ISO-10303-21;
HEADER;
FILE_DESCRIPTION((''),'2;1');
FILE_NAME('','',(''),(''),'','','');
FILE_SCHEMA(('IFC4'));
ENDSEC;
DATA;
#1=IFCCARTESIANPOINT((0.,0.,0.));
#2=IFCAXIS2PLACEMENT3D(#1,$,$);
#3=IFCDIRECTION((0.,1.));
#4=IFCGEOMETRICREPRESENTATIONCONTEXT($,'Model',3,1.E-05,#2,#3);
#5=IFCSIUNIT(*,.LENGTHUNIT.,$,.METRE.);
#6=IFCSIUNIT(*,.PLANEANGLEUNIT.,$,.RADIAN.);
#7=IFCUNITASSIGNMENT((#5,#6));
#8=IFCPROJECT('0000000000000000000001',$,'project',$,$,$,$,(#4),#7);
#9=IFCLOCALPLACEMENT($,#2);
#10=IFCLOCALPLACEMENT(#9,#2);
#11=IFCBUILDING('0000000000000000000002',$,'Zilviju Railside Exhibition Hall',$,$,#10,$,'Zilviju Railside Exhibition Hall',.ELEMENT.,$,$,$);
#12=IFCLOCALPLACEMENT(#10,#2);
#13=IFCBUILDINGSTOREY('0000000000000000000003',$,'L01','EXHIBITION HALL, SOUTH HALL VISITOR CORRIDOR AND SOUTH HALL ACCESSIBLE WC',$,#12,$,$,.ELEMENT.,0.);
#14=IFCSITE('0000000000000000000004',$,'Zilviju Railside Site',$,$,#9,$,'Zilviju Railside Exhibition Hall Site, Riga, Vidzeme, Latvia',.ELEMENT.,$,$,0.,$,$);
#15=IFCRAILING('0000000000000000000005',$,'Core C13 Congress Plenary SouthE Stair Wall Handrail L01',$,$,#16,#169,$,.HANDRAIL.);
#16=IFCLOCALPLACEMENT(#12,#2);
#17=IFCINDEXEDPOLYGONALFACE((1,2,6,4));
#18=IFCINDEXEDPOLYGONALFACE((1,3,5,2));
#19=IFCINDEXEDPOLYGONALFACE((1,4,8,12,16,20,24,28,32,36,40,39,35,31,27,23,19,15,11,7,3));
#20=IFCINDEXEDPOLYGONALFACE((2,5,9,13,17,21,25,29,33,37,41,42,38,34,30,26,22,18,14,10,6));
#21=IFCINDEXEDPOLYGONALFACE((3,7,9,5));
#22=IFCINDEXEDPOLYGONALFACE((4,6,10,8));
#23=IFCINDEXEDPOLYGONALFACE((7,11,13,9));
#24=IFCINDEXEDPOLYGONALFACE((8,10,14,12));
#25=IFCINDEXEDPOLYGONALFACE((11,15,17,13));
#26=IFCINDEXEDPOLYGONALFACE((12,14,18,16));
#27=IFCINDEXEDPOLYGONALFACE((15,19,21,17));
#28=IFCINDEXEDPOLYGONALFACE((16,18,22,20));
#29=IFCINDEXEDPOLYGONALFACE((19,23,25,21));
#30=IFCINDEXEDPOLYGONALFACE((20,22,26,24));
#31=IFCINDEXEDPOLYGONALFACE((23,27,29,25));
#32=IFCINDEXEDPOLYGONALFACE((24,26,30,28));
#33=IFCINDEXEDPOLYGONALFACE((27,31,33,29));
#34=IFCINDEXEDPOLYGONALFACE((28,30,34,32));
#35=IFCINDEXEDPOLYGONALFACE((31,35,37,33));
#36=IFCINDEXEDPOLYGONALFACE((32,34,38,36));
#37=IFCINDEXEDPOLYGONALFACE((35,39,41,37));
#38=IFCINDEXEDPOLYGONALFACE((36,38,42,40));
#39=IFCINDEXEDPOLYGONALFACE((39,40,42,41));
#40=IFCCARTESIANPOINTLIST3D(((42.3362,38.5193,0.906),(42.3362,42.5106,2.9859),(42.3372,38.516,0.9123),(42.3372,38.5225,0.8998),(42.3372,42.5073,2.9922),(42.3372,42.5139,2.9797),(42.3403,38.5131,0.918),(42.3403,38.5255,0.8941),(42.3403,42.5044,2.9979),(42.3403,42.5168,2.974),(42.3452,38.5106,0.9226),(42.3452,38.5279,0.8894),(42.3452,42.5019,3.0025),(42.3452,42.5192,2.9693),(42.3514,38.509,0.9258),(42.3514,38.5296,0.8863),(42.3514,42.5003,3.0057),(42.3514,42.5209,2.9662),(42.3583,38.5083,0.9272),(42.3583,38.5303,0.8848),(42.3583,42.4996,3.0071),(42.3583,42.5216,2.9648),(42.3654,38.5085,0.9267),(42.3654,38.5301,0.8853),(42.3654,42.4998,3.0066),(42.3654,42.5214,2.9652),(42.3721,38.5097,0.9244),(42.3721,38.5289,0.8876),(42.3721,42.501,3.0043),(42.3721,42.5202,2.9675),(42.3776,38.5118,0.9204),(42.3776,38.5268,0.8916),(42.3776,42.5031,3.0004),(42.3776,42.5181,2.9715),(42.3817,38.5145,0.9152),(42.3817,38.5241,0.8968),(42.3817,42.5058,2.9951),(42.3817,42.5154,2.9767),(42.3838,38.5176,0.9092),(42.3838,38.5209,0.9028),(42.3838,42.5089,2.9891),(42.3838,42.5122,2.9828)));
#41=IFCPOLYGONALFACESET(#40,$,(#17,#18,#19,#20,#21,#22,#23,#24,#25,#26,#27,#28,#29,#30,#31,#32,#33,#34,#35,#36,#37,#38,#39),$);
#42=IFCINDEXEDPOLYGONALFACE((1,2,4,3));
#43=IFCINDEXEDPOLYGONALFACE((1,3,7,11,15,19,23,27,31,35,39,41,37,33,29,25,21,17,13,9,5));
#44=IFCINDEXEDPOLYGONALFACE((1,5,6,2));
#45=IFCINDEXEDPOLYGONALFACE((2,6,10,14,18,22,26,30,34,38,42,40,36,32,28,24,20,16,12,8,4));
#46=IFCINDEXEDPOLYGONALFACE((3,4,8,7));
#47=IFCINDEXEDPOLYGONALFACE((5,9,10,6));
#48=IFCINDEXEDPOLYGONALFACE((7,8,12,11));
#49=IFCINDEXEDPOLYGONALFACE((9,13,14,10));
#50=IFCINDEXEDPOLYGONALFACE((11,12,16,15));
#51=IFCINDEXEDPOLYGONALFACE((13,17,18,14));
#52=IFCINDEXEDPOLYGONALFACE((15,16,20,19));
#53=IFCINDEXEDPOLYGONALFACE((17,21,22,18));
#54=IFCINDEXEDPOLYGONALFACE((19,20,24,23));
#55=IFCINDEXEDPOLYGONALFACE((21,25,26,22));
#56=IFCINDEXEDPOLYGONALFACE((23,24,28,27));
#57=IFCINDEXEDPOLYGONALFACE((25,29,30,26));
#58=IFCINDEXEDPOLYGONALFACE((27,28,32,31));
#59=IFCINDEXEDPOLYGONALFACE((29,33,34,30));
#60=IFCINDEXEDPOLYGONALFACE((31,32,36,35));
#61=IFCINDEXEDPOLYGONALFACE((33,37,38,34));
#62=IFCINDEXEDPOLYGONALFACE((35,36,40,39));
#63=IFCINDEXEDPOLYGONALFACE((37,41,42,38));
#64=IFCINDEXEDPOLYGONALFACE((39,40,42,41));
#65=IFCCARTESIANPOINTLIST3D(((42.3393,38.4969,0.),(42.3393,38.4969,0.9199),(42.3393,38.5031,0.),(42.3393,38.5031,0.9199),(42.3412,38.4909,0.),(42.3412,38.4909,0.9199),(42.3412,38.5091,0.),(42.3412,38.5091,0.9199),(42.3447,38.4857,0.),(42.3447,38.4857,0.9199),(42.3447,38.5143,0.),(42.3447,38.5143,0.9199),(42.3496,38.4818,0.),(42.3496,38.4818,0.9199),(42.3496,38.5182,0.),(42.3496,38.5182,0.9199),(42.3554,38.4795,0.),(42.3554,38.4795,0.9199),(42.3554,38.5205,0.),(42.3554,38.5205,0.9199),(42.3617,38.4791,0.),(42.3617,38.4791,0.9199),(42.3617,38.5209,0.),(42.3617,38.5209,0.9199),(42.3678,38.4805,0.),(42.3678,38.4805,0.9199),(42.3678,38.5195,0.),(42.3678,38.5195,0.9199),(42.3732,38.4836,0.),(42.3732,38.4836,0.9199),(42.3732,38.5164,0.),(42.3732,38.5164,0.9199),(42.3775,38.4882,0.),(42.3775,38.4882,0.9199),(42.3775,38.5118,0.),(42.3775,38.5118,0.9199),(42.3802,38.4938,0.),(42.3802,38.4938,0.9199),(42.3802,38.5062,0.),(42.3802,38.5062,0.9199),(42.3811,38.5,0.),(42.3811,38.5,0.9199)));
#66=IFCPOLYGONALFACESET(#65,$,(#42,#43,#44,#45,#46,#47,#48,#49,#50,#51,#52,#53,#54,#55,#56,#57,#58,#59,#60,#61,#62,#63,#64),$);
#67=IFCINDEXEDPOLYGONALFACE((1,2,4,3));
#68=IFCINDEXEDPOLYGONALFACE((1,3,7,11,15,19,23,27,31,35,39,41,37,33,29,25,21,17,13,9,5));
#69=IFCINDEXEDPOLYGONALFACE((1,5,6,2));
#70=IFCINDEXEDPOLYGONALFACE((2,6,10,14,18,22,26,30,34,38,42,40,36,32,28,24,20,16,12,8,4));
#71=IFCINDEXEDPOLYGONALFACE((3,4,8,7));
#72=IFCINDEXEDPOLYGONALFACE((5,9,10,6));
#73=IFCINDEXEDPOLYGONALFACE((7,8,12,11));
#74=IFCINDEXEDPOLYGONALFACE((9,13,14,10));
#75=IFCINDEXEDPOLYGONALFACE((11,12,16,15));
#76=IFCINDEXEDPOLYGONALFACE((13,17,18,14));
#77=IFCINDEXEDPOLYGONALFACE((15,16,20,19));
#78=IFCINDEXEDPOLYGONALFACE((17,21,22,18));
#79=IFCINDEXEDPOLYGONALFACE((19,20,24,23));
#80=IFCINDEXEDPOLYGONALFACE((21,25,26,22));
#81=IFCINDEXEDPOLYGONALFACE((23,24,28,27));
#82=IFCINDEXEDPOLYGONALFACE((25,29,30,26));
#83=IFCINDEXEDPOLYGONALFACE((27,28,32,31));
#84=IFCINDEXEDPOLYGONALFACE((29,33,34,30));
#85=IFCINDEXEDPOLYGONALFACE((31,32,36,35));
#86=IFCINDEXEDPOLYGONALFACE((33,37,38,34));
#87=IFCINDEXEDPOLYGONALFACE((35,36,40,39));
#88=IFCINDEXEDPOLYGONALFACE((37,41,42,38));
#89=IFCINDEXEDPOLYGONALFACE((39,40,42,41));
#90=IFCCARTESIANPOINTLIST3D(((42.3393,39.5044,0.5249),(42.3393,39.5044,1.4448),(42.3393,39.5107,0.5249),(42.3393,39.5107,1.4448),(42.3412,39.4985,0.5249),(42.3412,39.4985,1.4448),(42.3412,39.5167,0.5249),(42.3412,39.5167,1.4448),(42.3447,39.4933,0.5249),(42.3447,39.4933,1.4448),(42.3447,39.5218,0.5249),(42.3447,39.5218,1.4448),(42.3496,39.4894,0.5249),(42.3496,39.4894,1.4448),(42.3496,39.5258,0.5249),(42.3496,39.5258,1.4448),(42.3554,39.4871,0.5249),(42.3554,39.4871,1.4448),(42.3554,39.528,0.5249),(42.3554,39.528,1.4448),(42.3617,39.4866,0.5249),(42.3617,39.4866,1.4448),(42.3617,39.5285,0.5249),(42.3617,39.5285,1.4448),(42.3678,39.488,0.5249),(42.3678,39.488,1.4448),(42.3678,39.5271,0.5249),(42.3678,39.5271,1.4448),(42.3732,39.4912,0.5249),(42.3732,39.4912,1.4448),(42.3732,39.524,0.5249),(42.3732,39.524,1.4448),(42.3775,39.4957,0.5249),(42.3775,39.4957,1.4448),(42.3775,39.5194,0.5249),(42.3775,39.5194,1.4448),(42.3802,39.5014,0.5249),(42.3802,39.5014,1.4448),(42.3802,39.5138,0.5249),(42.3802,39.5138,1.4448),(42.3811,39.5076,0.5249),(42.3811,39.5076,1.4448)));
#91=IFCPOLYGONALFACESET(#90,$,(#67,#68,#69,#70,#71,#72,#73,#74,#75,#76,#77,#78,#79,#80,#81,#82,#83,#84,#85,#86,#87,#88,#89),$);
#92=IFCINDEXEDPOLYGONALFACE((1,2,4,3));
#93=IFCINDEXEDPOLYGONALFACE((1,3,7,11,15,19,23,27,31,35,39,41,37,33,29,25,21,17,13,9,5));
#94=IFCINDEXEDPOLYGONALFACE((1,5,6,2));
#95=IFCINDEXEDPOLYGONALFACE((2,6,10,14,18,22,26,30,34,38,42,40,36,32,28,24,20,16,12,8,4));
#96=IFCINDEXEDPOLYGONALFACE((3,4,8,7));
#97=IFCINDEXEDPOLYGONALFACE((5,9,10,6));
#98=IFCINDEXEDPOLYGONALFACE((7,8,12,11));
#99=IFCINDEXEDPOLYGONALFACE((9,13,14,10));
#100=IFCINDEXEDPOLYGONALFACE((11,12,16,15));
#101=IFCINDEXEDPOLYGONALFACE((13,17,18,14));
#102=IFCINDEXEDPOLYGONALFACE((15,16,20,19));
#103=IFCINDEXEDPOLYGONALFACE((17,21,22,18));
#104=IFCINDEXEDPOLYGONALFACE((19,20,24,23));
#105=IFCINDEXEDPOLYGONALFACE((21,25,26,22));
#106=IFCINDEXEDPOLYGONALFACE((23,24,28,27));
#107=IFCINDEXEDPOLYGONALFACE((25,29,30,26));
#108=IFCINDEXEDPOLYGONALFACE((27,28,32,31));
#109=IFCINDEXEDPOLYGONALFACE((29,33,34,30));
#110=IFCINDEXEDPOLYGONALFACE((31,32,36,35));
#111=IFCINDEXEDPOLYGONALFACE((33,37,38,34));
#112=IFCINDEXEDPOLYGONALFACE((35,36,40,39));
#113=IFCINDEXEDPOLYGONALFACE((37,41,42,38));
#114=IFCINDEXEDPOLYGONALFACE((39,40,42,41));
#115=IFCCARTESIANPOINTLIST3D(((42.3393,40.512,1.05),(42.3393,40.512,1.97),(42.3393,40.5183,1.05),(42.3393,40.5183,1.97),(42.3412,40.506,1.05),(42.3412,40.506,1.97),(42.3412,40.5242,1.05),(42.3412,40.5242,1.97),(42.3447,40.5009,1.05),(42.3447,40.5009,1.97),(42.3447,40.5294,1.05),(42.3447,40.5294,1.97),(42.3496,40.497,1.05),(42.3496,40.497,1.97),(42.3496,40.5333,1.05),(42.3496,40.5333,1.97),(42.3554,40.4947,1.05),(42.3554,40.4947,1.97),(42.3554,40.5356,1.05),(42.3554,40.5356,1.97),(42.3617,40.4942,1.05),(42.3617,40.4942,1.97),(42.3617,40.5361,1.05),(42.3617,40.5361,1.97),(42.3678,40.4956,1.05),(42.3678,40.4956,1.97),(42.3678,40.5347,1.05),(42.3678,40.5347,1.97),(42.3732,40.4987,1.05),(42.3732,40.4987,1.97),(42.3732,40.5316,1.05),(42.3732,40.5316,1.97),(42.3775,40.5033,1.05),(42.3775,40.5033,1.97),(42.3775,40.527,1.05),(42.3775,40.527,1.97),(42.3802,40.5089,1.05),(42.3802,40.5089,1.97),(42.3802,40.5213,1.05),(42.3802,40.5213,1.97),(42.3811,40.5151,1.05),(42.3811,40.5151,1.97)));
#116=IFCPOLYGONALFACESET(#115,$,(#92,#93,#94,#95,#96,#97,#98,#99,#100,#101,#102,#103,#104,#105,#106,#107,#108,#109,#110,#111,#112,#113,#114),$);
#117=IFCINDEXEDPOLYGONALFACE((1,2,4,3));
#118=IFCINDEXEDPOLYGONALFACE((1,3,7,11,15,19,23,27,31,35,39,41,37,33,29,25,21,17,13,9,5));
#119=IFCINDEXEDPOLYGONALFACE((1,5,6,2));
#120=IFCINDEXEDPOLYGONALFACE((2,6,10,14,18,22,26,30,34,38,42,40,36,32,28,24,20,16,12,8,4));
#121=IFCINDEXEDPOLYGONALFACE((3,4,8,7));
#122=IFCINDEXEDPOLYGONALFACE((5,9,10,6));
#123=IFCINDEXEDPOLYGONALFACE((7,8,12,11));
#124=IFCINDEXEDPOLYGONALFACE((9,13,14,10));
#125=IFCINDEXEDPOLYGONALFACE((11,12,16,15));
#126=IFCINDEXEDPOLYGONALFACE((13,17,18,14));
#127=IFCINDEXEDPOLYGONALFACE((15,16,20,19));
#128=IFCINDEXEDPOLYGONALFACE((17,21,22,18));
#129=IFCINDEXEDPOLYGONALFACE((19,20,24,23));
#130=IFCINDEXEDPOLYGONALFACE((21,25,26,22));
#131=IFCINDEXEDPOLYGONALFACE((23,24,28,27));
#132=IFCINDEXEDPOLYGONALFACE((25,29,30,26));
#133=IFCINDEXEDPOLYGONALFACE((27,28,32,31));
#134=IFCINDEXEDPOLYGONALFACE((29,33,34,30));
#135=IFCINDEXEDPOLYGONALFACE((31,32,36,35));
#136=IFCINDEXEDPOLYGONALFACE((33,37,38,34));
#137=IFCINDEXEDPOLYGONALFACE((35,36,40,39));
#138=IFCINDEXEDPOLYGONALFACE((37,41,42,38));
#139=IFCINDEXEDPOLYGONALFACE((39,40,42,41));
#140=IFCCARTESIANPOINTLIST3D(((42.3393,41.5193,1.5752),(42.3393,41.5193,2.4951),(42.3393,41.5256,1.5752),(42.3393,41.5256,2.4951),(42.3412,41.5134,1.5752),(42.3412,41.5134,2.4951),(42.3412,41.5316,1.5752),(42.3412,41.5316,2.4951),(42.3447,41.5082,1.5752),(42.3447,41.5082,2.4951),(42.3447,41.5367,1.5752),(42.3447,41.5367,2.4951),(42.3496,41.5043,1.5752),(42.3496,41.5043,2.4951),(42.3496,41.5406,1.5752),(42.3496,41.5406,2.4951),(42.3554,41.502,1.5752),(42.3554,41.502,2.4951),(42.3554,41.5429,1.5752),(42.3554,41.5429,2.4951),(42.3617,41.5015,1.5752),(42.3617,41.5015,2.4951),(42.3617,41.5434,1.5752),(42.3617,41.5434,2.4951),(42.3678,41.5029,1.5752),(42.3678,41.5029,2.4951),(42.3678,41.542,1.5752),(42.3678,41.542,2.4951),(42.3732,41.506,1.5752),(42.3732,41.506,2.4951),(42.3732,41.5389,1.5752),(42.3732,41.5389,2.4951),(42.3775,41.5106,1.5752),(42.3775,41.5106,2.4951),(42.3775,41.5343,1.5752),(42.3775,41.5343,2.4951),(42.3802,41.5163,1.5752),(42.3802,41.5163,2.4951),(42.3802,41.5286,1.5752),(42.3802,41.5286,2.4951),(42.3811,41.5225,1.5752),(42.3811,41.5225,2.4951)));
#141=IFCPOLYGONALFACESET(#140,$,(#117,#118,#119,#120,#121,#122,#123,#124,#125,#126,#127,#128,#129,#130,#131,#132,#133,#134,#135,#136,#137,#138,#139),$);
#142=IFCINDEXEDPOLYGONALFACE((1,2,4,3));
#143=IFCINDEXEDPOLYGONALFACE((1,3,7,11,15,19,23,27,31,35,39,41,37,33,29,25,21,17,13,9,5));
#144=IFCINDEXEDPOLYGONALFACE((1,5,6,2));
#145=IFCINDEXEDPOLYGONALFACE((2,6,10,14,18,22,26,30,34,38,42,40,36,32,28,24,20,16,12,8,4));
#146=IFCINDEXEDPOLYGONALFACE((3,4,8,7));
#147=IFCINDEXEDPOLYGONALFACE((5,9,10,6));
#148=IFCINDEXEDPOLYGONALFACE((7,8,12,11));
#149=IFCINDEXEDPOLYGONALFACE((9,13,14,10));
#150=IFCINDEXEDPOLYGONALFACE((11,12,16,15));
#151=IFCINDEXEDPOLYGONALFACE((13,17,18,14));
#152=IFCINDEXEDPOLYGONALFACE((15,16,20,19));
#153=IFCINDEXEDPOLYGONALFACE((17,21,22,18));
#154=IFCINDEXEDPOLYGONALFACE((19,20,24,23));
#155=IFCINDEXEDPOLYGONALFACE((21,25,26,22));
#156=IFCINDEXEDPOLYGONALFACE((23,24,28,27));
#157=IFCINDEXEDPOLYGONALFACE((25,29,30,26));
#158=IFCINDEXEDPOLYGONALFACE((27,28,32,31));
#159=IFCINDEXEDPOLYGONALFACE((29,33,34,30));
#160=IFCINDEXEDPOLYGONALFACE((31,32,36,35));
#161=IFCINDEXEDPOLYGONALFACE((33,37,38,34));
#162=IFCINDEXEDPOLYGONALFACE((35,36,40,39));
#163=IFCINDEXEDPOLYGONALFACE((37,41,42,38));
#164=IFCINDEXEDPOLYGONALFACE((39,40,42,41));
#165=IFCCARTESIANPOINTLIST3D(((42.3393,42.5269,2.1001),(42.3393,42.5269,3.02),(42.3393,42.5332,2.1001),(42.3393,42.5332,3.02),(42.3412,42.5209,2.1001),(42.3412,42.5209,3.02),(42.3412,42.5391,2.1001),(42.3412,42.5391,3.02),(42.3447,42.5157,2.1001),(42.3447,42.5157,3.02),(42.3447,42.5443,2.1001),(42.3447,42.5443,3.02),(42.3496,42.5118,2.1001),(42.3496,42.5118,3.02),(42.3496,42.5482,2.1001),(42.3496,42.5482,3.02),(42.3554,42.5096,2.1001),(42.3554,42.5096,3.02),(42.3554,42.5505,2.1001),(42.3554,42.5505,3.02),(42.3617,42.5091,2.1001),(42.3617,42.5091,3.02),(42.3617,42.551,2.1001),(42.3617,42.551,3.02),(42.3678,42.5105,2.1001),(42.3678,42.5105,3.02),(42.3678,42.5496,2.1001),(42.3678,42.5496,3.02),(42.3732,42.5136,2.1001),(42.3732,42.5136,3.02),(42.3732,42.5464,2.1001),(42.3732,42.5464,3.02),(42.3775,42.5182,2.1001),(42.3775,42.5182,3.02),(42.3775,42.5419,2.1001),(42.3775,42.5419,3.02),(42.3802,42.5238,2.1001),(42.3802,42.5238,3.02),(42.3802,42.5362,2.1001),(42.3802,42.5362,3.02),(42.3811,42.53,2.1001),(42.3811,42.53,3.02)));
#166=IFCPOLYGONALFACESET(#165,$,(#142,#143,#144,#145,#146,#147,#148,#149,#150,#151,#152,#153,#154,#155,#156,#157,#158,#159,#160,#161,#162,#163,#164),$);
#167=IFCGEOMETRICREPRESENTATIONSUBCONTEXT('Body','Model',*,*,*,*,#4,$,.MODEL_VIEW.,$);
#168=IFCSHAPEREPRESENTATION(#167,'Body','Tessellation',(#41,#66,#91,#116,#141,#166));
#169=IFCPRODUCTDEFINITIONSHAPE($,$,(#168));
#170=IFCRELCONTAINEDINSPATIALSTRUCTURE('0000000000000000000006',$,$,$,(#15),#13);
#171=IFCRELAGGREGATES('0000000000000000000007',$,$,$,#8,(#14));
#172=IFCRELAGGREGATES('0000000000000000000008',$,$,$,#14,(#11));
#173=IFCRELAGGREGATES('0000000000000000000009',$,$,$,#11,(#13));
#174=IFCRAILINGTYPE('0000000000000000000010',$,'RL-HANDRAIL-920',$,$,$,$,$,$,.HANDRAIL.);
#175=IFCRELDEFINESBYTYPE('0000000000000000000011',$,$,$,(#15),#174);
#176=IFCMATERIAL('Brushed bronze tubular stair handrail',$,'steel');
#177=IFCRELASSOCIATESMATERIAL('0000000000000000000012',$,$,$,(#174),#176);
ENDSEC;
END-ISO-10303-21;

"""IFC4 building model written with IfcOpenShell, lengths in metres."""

from ifc_helpers import new_model, si_unit, direction, frame, origin, origin_2d, place, context, subcontext, project, spatial, circle, extrude, material, type_object, element, save


model = new_model("IFC4")

# Units and contexts
model_context = context("Model", 3, precision=1e-05, world=origin(), true_north=direction((0.0, 1.0)))
body_context = subcontext(model_context, "Body", "Model", "MODEL_VIEW")
ifc_project = project(units=[si_unit("LENGTHUNIT", "METRE"), si_unit("PLANEANGLEUNIT", "RADIAN")], contexts=[model_context])

# Site, building, storey
site_placement = place(None, origin())
site = spatial("IfcSite", under=ifc_project, at=site_placement, Name="Zilviju Railside Site", LongName="Zilviju Railside Exhibition Hall Site, Riga, Vidzeme, Latvia", CompositionType="ELEMENT", RefElevation=0.0)
building_placement = place(site_placement, origin())
building = spatial("IfcBuilding", under=site, at=building_placement, Name="Zilviju Railside Exhibition Hall", LongName="Zilviju Railside Exhibition Hall", CompositionType="ELEMENT")
storey_placement = place(building_placement, origin())
storey = spatial("IfcBuildingStorey", under=building, at=storey_placement, Name="L01", Description="EXHIBITION HALL, SOUTH HALL VISITOR CORRIDOR AND SOUTH HALL ACCESSIBLE WC", CompositionType="ELEMENT", Elevation=0.0)

# Railing
ifc_material_1 = material(Name="Brushed bronze tubular stair handrail", Category="steel")
railing_type_1 = type_object("IfcRailingType", Name="RL-HANDRAIL-920", PredefinedType="HANDRAIL", material=ifc_material_1)
railing_1_placement = place(storey_placement, frame((42.3601, 38.5, 0.0)))
element("IfcRailing", 1, at=railing_1_placement, inside=storey, type_object=railing_type_1, Name="Core C13 Congress Plenary SouthE Stair Wall Handrail L01", PredefinedType="HANDRAIL", context=body_context, shape_type="SweptSolid", body=[
    extrude(circle(Radius=0.0239, at=origin_2d()), frame((0.0, 0.0193, 0.906), z_axis=(0.0, 0.886813, 0.462129), x_axis=(-1.0, 0.0, 0.0)), (0.0, 0.0, 1.0), 4.5007),
    extrude(circle(Radius=0.021, at=origin_2d()), origin(), (0.0, 0.0, 1.0), 0.9199),
    extrude(circle(Radius=0.021, at=origin_2d()), frame((0.0, 1.0076, 0.5249)), (0.0, 0.0, 1.0), 0.9199),
    extrude(circle(Radius=0.021, at=origin_2d()), frame((0.0, 2.0151, 1.05)), (0.0, 0.0, 1.0), 0.9199),
    extrude(circle(Radius=0.021, at=origin_2d()), frame((0.0, 3.0225, 1.5752)), (0.0, 0.0, 1.0), 0.9199),
    extrude(circle(Radius=0.021, at=origin_2d()), frame((0.0, 4.03, 2.1001)), (0.0, 0.0, 1.0), 0.9199),
])

save(model, "model.ifc")
